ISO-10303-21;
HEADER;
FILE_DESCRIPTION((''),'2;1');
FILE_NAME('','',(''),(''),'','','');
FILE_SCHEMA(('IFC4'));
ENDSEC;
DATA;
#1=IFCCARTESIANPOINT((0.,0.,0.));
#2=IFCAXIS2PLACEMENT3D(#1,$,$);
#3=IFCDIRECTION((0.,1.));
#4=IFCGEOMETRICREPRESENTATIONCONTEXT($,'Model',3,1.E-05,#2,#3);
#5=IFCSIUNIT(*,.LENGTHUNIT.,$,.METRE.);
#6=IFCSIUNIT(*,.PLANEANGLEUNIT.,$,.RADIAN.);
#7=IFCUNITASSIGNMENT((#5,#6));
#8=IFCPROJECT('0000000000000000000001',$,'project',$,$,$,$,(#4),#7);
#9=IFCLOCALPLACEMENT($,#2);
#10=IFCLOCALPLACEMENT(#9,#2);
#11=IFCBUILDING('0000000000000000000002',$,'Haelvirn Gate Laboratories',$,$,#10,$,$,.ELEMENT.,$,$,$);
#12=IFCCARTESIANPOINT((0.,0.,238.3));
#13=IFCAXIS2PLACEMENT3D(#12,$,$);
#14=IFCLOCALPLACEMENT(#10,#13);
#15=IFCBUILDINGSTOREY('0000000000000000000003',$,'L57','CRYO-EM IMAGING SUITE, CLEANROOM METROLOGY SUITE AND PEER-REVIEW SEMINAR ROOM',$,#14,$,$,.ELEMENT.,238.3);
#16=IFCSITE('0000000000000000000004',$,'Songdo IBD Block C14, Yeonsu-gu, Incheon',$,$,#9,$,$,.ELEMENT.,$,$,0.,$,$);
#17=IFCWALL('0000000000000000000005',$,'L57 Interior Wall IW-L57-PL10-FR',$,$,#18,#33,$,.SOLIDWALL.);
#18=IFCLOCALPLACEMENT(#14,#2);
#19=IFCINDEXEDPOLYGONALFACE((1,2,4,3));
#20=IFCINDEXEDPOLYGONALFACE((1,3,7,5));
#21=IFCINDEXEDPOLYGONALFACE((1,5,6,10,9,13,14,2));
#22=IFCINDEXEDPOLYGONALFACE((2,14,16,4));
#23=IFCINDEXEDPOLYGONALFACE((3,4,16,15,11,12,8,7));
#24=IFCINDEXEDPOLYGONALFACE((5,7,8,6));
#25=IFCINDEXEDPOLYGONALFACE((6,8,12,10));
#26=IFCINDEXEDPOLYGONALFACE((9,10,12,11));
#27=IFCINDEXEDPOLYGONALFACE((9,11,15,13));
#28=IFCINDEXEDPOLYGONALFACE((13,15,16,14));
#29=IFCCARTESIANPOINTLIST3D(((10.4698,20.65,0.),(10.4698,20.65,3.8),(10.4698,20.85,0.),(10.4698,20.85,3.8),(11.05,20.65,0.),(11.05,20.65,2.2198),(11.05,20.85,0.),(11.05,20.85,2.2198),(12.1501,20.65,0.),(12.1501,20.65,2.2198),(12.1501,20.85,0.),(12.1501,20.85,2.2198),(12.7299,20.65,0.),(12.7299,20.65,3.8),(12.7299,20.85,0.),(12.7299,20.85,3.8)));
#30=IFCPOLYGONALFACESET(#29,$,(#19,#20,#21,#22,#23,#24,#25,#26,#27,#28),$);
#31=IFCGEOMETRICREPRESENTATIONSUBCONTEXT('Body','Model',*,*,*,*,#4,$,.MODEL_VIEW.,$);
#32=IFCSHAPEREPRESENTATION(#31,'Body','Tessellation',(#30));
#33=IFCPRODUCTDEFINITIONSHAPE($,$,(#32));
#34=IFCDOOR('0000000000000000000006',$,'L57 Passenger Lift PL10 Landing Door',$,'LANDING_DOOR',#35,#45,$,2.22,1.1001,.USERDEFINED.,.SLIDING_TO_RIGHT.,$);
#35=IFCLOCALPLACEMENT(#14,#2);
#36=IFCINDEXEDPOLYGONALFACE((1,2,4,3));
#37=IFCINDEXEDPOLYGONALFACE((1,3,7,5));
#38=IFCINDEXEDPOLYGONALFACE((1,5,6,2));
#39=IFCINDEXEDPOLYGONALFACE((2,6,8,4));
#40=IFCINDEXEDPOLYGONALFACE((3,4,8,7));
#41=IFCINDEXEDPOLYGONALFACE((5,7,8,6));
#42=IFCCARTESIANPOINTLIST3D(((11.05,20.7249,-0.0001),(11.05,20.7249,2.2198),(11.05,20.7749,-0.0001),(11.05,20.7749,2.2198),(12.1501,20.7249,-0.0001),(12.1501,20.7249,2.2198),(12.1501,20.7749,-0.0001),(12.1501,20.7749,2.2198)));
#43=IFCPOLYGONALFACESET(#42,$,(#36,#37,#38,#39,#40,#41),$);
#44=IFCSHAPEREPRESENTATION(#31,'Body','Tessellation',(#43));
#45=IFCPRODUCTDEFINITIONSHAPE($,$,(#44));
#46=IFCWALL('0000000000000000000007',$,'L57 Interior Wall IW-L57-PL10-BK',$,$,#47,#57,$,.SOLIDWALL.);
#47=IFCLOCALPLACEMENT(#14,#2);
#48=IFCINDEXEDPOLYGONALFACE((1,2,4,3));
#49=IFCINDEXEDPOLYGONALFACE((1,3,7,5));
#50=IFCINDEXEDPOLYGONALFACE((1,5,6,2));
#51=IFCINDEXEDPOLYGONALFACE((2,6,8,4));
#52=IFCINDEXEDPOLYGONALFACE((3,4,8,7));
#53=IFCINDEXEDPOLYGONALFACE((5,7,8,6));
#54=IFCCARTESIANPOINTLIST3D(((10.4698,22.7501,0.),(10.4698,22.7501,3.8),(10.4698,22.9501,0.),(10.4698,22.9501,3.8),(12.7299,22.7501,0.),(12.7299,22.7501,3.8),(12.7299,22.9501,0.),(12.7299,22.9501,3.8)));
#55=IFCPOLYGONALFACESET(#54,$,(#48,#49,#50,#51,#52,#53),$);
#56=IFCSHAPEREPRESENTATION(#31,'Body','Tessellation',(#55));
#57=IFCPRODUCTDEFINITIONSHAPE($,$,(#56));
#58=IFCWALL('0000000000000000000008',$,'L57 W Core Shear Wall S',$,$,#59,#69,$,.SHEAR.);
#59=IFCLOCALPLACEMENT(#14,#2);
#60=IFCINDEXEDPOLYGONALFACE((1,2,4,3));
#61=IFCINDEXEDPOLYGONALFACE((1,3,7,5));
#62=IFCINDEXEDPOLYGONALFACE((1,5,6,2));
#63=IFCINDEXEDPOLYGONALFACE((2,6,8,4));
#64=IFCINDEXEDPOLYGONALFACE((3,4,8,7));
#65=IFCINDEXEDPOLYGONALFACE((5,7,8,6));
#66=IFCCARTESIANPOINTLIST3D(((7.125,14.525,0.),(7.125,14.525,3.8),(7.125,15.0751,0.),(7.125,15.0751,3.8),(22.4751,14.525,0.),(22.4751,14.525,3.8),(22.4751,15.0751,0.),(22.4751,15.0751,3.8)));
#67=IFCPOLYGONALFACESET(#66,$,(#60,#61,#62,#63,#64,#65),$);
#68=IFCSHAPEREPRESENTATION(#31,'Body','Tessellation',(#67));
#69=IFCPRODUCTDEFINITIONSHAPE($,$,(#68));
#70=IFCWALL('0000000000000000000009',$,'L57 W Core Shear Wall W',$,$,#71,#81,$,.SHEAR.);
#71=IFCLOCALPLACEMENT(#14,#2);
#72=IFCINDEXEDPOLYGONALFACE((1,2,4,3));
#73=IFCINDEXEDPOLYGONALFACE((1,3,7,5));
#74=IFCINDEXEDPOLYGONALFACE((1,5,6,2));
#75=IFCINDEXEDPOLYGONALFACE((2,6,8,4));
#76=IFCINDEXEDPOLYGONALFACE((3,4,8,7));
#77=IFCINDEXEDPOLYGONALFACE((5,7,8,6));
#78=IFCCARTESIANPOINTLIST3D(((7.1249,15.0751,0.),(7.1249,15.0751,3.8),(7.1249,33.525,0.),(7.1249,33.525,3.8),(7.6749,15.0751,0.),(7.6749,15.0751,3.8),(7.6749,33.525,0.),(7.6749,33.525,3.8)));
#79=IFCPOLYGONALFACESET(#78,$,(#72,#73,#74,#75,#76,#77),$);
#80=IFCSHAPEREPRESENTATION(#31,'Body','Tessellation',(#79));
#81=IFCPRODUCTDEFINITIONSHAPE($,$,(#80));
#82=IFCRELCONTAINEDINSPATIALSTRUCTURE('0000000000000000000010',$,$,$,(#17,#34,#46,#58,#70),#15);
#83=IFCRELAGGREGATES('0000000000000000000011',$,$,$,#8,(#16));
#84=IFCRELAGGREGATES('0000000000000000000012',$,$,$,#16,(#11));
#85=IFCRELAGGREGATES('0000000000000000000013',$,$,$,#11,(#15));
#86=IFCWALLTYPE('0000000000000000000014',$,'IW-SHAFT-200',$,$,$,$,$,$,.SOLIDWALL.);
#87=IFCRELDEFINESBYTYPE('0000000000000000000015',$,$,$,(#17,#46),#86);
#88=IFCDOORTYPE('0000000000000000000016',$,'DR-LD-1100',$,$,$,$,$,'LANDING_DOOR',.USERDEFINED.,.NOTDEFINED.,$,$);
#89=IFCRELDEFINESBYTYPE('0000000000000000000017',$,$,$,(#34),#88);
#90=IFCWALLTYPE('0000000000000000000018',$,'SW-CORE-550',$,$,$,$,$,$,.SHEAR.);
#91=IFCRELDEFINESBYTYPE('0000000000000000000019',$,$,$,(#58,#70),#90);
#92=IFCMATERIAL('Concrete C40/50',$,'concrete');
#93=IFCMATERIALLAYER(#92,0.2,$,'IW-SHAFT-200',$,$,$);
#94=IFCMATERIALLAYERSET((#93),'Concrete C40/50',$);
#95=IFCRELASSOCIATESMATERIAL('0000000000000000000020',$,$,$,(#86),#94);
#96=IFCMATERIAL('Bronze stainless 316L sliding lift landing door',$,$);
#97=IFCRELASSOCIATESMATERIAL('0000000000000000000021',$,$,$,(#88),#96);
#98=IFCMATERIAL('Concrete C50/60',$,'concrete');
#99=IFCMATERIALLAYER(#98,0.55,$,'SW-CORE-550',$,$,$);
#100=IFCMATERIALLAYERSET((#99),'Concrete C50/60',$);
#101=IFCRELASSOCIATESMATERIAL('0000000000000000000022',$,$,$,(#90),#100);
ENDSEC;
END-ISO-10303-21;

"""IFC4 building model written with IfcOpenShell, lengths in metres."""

from ifc_helpers import new_model, si_unit, direction, frame, frame_2d, origin, place, context, subcontext, project, spatial, rectangle, extrude, source, transform, mapped, material, layer, layer_set, type_object, type_shapes, element, fill, save


model = new_model("IFC4")

# Units and contexts
model_context = context("Model", 3, precision=1e-05, world=origin(), true_north=direction((0.0, 1.0)))
body_context = subcontext(model_context, "Body", "Model", "MODEL_VIEW")
ifc_project = project(units=[si_unit("LENGTHUNIT", "METRE"), si_unit("PLANEANGLEUNIT", "RADIAN")], contexts=[model_context])

# Site, building, storey
site_placement = place(None, origin())
site = spatial("IfcSite", under=ifc_project, at=site_placement, Name="Songdo IBD Block C14, Yeonsu-gu, Incheon", CompositionType="ELEMENT", RefElevation=0.0)
building_placement = place(site_placement, origin())
building = spatial("IfcBuilding", under=site, at=building_placement, Name="Haelvirn Gate Laboratories", CompositionType="ELEMENT")
storey_placement = place(building_placement, frame((0.0, 0.0, 238.3)))
storey = spatial("IfcBuildingStorey", under=building, at=storey_placement, Name="L57", Description="CRYO-EM IMAGING SUITE, CLEANROOM METROLOGY SUITE AND PEER-REVIEW SEMINAR ROOM", CompositionType="ELEMENT", Elevation=238.3)

# Shared definitions
ifc_material_1 = material(Name="Concrete C50/60", Category="concrete")

# Shared definitions
ifc_material_2 = material(Name="Concrete C40/50", Category="concrete")

# Shared definitions
ifc_layer_1 = layer(ifc_material_2, 0.2, Name="IW-SHAFT-200")
ifc_layer_set_1 = layer_set([ifc_layer_1], Name="Concrete C40/50")
wall_type_1 = type_object("IfcWallType", Name="IW-SHAFT-200", PredefinedType="SOLIDWALL", material=ifc_layer_set_1)
ifc_material_3 = material(Name="Bronze stainless 316L sliding lift landing door")
door_type_1 = type_object("IfcDoorType", Name="DR-LD-1100", ElementType="LANDING_DOOR", OperationType="NOTDEFINED", PredefinedType="USERDEFINED", material=ifc_material_3)
shared_shape_1 = source(origin(), body_context, "Body", "SweptSolid", [
    extrude(rectangle(XDim=1.1001, YDim=2.22, at=frame_2d((0.55, 1.1099))), frame((0.0, 0.0249, 0.0), z_axis=(0.0, -1.0, 0.0), x_axis=(1.0, 0.0, 0.0)), (0.0, 0.0, 1.0), 0.05),
])
type_shapes(door_type_1, [shared_shape_1])

# Wall, opening, door
wall_1_placement = place(storey_placement, frame((10.47, 20.75, 0.0), z_axis=(0.0, 0.0, 1.0), x_axis=(1.0, 0.0, 0.0)))
wall_1 = element("IfcWall", 1, at=wall_1_placement, inside=storey, type_object=wall_type_1, Name="L57 Interior Wall IW-L57-PL10-FR", PredefinedType="SOLIDWALL", context=body_context, shape_type="SweptSolid", body=[
    extrude(rectangle(XDim=2.26, YDim=0.2, at=frame_2d((1.1299, 0.0))), origin(), (0.0, 0.0, 1.0), 3.8),
])
opening_1_placement = place(wall_1_placement, frame((0.5801, 0.0, 0.0)))
opening_1 = element("IfcOpeningElement", 2, at=opening_1_placement, cuts=wall_1, PredefinedType="OPENING", context=body_context, shape_type="SweptSolid", body=[
    extrude(rectangle(XDim=1.1001, YDim=2.22, at=frame_2d((0.55, 1.1099))), frame((0.0, 0.1099, 0.0), z_axis=(0.0, -1.0, 0.0), x_axis=(1.0, 0.0, 0.0)), (0.0, 0.0, 1.0), 0.22),
])
door_1_placement = place(opening_1_placement, origin())
door_1 = element("IfcDoor", 3, at=door_1_placement, inside=storey, type_object=door_type_1, Name="L57 Passenger Lift PL10 Landing Door", ObjectType="LANDING_DOOR", OperationType="SLIDING_TO_RIGHT", OverallHeight=2.22, OverallWidth=1.1001, PredefinedType="USERDEFINED", context=body_context, shape_type="MappedRepresentation", body=[
    mapped(shared_shape_1, transform((0.0, 0.0, 0.0), scale=1.0)),
])
fill(opening_1, door_1)

# Walls
wall_2_placement = place(storey_placement, frame((10.47, 22.8501, 0.0), z_axis=(0.0, 0.0, 1.0), x_axis=(1.0, 0.0, 0.0)))
element("IfcWall", 4, at=wall_2_placement, inside=storey, type_object=wall_type_1, Name="L57 Interior Wall IW-L57-PL10-BK", PredefinedType="SOLIDWALL", context=body_context, shape_type="SweptSolid", body=[
    extrude(rectangle(XDim=2.26, YDim=0.2, at=frame_2d((1.1299, 0.0))), origin(), (0.0, 0.0, 1.0), 3.8),
])
ifc_layer_2 = layer(ifc_material_1, 0.55, Name="SW-CORE-550")
ifc_layer_set_2 = layer_set([ifc_layer_2], Name="Concrete C50/60")
wall_type_2 = type_object("IfcWallType", Name="SW-CORE-550", PredefinedType="SHEAR", material=ifc_layer_set_2)
wall_3_placement = place(storey_placement, frame((7.125, 14.8, 0.0), z_axis=(0.0, 0.0, 1.0), x_axis=(1.0, 0.0, 0.0)))
element("IfcWall", 5, at=wall_3_placement, inside=storey, type_object=wall_type_2, Name="L57 W Core Shear Wall S", PredefinedType="SHEAR", context=body_context, shape_type="SweptSolid", body=[
    extrude(rectangle(XDim=15.3501, YDim=0.55, at=frame_2d((7.675, 0.0))), origin(), (0.0, 0.0, 1.0), 3.8),
])
wall_4_placement = place(storey_placement, frame((7.3999, 15.075, 0.0), z_axis=(0.0, 0.0, 1.0), x_axis=(0.0, 1.0, 0.0)))
element("IfcWall", 6, at=wall_4_placement, inside=storey, type_object=wall_type_2, Name="L57 W Core Shear Wall W", PredefinedType="SHEAR", context=body_context, shape_type="SweptSolid", body=[
    extrude(rectangle(XDim=18.45, YDim=0.55, at=frame_2d((9.2251, 0.0))), origin(), (0.0, 0.0, 1.0), 3.8),
])

save(model, "model.ifc")
